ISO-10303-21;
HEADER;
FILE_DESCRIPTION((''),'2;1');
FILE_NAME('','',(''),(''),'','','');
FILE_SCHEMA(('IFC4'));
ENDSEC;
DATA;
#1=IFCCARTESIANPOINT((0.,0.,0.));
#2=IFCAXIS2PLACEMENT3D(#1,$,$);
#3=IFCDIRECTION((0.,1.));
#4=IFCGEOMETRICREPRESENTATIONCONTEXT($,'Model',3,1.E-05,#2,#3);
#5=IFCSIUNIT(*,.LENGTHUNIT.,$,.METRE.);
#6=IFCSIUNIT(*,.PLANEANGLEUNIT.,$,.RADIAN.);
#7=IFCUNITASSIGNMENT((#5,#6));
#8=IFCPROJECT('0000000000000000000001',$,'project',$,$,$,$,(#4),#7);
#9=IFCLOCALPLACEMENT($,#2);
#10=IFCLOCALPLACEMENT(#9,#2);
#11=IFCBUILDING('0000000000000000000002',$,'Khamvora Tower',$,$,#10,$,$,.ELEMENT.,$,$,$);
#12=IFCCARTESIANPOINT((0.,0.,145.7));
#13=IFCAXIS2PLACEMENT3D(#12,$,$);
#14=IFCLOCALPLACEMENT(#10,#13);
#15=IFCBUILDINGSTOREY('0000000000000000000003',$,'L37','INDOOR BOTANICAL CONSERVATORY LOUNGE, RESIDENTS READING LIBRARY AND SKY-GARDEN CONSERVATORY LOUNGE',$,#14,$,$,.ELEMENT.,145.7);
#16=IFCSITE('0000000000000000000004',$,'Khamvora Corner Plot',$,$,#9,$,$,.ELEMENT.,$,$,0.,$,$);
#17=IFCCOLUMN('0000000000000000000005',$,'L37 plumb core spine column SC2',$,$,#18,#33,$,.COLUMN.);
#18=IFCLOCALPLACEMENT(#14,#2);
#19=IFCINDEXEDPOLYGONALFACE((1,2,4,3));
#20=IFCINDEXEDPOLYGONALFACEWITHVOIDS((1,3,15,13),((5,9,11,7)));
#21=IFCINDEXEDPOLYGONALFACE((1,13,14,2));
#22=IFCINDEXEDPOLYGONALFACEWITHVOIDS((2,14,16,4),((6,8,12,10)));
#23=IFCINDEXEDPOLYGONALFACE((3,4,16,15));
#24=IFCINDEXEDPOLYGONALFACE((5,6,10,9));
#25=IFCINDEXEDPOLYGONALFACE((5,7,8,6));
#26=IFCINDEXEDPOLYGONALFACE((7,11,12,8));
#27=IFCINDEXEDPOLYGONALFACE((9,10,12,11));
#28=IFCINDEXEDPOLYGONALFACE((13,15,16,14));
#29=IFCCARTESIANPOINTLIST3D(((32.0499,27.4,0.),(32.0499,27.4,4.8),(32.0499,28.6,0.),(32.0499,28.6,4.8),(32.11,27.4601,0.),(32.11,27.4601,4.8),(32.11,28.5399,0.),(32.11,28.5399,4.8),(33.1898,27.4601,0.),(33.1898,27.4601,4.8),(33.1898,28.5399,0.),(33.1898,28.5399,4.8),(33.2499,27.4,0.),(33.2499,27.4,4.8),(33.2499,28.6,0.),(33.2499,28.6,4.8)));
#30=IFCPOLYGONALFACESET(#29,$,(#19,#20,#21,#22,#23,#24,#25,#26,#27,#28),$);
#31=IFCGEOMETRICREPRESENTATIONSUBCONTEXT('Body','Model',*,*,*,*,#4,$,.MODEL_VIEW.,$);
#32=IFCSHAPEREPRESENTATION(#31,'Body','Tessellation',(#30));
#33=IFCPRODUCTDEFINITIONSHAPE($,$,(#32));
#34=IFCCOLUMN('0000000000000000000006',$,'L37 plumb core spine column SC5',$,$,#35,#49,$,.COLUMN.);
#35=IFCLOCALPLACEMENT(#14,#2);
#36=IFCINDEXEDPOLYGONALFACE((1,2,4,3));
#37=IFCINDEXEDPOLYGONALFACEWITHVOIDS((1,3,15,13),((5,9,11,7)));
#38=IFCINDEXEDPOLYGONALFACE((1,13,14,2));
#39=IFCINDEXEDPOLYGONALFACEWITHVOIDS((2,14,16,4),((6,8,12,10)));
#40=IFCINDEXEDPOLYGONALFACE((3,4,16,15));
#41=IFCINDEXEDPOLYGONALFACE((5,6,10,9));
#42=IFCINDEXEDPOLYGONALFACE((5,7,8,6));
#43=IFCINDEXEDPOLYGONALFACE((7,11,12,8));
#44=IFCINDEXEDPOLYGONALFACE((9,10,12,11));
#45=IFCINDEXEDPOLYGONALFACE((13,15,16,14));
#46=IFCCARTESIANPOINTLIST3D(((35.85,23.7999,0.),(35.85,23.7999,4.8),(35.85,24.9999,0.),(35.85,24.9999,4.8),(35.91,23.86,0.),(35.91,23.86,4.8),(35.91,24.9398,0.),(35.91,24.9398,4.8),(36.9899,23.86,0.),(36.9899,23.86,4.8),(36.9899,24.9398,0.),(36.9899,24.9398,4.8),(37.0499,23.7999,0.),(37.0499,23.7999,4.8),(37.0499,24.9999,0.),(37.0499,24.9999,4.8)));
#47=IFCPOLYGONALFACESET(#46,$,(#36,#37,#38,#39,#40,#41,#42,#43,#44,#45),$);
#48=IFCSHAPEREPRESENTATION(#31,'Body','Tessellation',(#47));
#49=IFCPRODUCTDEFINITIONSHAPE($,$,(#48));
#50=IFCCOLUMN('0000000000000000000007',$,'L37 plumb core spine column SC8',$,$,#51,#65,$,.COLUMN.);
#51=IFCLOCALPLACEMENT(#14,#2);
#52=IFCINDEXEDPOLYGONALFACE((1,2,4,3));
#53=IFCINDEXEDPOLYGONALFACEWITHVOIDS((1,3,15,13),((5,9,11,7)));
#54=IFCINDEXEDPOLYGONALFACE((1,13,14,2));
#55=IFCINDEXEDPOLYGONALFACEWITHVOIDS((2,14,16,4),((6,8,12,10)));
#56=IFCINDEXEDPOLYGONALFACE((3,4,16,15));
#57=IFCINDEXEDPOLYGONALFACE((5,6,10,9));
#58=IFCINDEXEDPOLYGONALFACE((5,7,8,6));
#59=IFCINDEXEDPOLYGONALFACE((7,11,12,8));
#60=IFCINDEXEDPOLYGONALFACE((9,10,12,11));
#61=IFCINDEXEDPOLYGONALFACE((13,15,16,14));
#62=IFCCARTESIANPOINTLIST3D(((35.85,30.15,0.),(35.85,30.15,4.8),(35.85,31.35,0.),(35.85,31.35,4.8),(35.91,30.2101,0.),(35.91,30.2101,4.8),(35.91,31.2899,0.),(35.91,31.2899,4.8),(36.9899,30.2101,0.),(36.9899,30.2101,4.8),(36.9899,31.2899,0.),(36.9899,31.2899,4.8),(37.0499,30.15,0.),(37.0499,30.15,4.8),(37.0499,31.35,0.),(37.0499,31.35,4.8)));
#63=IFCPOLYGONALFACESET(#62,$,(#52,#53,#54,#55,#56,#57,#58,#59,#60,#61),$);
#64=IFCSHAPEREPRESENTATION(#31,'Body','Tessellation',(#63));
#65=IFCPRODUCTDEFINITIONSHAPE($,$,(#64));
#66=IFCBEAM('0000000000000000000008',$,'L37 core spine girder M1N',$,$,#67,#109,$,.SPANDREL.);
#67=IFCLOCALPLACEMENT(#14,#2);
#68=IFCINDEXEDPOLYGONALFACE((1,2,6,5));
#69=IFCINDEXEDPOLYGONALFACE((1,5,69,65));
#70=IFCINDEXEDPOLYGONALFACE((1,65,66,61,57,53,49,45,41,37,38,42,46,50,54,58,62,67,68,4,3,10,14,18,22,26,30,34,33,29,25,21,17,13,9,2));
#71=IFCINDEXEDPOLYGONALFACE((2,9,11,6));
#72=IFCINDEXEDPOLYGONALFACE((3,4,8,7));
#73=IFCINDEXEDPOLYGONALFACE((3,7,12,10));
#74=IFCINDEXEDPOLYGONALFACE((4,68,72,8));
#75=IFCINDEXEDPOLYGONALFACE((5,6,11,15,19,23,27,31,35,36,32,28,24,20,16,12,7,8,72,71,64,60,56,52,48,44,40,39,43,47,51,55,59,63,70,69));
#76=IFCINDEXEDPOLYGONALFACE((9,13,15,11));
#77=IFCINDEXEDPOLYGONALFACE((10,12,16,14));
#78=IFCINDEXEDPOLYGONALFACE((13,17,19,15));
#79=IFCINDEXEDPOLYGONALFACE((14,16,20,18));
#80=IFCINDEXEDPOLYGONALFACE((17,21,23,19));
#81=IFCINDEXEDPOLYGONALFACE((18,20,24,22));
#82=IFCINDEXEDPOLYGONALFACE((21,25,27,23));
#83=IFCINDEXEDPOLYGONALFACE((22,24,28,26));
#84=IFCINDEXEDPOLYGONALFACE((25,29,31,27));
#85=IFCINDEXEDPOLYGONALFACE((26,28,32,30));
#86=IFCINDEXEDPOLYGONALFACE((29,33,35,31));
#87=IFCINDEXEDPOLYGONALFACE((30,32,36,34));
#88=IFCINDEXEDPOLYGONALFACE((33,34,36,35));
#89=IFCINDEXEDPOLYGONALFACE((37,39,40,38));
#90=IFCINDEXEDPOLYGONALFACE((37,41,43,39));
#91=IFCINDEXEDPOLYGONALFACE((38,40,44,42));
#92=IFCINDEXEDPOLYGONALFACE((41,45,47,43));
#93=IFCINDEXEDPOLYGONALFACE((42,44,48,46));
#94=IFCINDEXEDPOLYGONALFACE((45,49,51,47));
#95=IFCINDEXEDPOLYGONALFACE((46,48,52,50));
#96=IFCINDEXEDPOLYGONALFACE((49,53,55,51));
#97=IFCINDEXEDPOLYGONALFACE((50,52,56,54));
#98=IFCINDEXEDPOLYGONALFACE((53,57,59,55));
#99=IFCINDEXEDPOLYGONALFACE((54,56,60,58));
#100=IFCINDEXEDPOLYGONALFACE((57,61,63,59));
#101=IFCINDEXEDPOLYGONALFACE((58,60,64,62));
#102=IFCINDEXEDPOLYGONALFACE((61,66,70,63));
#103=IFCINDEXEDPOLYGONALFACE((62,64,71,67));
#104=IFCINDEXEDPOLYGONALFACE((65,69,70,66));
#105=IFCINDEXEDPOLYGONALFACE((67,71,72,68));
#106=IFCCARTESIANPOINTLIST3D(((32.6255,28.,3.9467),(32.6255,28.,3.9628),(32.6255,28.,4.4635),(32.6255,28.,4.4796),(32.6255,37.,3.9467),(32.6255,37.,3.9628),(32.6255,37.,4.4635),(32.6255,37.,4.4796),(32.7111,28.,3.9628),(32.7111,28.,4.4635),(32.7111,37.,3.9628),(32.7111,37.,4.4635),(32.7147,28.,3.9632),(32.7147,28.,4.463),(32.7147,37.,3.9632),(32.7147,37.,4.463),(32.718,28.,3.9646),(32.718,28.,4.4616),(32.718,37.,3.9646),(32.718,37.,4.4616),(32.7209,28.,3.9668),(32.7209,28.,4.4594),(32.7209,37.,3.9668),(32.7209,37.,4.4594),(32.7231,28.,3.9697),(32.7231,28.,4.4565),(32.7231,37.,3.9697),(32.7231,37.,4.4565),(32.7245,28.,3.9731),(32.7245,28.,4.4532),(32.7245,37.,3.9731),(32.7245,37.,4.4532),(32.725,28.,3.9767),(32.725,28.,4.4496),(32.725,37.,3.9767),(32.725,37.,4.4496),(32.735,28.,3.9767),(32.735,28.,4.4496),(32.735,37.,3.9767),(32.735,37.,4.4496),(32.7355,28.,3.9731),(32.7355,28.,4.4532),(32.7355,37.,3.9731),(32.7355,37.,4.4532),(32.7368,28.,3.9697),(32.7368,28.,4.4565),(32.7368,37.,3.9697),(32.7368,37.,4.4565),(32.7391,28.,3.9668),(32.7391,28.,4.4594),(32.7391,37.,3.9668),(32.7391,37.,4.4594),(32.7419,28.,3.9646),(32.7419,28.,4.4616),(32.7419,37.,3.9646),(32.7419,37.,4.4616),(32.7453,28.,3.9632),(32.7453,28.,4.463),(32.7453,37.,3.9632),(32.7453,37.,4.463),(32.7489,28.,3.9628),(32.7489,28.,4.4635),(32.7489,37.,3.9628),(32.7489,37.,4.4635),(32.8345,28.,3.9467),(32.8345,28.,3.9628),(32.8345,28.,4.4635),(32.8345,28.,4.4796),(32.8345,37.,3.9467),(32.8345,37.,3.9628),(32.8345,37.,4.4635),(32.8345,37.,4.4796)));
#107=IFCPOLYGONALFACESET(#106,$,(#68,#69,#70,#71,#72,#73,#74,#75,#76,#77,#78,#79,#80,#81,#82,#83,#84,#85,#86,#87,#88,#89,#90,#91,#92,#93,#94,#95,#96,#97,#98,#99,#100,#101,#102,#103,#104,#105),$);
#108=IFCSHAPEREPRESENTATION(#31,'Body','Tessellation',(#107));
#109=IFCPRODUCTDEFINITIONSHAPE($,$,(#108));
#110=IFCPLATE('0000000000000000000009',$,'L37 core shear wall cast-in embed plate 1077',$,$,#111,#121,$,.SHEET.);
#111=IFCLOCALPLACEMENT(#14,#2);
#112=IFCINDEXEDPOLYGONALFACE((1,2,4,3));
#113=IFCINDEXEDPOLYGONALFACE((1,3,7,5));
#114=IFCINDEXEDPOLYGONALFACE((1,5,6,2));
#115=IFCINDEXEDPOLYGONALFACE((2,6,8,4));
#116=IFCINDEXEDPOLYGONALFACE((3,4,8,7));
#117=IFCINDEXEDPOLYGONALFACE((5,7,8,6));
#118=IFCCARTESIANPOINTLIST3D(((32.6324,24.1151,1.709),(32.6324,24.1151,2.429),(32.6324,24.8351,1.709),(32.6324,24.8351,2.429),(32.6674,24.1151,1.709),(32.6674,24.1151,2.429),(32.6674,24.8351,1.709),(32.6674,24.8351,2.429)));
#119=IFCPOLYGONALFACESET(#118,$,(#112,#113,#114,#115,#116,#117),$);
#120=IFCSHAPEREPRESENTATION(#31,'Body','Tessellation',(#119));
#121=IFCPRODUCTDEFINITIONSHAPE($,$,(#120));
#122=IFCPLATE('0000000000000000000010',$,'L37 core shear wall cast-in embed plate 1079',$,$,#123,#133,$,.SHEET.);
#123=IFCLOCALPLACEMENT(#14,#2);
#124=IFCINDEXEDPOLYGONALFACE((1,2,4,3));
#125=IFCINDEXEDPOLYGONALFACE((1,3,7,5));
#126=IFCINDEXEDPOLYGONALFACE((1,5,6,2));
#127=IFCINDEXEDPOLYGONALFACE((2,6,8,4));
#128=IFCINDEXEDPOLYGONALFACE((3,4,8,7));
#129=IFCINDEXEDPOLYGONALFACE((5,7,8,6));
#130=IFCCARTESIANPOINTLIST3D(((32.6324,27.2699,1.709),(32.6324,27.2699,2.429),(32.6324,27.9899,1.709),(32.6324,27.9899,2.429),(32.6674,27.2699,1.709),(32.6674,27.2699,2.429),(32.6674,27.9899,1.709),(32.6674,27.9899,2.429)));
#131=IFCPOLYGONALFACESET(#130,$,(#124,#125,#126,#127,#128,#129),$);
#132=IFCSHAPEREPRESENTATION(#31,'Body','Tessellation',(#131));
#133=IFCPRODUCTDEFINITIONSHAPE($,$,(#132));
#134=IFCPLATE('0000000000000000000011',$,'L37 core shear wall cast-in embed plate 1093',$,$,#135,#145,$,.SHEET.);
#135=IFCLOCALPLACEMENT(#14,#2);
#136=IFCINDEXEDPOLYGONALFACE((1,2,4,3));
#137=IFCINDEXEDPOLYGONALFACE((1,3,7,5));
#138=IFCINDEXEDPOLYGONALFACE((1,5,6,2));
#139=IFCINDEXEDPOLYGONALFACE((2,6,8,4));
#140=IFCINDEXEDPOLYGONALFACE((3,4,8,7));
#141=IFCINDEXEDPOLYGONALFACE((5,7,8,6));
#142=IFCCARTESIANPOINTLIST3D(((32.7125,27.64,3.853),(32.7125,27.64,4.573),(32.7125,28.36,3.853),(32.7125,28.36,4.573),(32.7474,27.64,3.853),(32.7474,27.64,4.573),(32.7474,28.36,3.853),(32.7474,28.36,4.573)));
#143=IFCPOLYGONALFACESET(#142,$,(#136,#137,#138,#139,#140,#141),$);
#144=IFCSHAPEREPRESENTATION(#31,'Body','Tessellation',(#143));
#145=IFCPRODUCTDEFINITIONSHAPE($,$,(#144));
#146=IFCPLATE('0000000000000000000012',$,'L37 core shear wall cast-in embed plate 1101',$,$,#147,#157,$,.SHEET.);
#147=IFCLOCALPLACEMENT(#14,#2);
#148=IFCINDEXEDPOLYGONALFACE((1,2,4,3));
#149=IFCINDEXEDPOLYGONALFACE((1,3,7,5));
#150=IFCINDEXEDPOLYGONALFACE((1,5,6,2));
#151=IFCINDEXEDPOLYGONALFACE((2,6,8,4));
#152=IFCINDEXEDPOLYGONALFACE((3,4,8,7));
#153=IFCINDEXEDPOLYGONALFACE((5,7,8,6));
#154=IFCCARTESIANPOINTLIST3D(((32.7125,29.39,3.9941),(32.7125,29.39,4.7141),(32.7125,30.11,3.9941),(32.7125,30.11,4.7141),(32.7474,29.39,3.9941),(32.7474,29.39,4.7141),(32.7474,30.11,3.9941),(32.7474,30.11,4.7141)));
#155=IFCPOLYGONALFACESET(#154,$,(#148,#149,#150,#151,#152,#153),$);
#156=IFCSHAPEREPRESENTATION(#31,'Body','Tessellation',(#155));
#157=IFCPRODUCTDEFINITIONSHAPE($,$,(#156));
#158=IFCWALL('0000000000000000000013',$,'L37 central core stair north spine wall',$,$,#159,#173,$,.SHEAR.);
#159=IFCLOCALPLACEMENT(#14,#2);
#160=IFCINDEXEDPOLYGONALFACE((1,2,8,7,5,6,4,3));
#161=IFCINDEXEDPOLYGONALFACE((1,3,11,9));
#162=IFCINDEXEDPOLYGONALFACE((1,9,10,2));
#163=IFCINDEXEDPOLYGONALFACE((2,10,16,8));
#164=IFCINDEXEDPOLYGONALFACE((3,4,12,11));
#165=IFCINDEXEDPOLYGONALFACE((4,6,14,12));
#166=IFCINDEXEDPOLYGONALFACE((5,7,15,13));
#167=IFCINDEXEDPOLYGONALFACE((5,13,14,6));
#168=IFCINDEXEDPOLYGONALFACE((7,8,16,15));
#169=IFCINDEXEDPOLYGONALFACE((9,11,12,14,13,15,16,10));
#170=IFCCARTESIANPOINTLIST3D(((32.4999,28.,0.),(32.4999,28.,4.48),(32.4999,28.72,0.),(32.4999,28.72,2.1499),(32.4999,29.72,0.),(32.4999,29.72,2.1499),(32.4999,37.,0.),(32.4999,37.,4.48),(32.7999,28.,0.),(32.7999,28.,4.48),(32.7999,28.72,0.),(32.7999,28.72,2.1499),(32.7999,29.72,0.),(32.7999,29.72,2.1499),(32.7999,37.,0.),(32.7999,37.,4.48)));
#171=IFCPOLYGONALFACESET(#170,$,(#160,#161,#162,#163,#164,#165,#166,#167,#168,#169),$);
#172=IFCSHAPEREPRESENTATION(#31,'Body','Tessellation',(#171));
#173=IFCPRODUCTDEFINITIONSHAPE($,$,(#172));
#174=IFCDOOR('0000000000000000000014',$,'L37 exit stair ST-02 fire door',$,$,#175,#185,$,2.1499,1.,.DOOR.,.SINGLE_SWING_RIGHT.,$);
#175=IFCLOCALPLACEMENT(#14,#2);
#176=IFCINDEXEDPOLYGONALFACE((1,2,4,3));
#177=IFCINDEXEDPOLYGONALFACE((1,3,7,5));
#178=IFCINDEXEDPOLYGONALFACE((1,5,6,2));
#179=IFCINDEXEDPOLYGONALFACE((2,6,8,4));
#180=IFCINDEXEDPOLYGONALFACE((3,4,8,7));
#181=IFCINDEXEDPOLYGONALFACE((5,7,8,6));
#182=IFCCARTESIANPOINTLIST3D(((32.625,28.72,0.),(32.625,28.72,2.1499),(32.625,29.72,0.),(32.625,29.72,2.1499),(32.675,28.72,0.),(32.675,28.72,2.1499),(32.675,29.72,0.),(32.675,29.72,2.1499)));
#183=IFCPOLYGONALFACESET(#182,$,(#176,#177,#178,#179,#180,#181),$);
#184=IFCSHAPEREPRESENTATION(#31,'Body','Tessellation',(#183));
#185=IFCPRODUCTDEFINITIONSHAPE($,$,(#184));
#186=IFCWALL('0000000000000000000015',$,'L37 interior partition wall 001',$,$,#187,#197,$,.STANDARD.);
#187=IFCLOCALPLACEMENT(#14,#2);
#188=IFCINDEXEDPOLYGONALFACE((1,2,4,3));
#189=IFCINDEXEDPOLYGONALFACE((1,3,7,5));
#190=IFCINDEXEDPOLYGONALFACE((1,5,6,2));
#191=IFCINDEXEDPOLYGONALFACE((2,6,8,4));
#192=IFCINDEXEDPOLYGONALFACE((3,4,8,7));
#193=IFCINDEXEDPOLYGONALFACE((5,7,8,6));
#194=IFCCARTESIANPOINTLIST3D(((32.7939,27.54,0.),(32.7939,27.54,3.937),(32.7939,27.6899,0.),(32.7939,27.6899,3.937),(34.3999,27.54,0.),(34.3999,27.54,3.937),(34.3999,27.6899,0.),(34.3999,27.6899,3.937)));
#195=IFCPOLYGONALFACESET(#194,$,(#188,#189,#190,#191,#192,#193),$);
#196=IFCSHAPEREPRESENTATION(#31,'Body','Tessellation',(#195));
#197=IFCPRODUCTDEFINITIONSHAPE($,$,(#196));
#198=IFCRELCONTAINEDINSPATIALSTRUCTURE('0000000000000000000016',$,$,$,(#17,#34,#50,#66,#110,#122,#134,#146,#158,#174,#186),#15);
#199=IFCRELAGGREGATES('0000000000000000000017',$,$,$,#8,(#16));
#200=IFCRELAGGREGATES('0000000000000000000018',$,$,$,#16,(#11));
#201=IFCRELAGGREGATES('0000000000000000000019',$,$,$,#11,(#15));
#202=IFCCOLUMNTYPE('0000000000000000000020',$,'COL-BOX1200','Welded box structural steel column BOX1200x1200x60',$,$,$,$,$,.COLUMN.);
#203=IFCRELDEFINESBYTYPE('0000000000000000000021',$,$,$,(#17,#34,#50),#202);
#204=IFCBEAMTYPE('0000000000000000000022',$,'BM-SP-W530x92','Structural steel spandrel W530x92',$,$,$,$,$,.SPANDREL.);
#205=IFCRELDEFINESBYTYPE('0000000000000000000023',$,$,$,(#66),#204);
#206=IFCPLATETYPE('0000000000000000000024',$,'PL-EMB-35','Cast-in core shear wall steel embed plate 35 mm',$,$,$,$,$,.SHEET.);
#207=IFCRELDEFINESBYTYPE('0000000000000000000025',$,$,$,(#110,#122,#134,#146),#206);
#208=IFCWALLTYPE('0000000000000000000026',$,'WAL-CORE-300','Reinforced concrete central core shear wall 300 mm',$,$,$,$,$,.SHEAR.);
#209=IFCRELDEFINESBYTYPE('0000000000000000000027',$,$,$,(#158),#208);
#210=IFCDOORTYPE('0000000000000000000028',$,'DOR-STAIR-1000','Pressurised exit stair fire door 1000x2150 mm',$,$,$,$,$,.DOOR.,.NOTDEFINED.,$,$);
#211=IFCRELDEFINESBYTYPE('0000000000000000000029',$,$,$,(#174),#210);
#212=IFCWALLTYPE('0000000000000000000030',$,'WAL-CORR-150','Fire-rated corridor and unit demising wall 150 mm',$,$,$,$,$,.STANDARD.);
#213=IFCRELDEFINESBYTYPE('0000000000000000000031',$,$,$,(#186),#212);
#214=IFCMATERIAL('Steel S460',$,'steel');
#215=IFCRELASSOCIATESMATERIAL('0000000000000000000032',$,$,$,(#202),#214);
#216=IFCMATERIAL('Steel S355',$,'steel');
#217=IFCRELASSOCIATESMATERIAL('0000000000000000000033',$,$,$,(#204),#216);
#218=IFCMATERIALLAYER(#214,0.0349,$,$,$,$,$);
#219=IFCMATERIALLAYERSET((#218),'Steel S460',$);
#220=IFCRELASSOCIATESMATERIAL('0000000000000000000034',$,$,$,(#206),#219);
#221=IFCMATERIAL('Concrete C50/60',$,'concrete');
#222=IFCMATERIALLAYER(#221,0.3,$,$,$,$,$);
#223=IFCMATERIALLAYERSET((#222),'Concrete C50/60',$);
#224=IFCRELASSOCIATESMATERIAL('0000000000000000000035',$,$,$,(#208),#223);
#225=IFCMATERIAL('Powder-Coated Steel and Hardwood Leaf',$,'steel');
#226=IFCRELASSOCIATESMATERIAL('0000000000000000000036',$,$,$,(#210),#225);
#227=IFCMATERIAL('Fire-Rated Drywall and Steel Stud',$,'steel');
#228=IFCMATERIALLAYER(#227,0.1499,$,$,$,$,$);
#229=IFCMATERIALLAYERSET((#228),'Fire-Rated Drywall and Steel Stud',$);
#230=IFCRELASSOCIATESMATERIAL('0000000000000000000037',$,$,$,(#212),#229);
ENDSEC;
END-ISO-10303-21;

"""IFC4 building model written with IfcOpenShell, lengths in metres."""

from ifc_helpers import new_model, si_unit, direction, frame, frame_2d, origin, origin_2d, place, context, subcontext, project, spatial, rectangle, hollow_rectangle, i_section, extrude, material, layer, layer_set, material_profile, profile_set, type_object, element, fill, save


model = new_model("IFC4")

# Units and contexts
model_context = context("Model", 3, precision=1e-05, world=origin(), true_north=direction((0.0, 1.0)))
body_context = subcontext(model_context, "Body", "Model", "MODEL_VIEW")
ifc_project = project(units=[si_unit("LENGTHUNIT", "METRE"), si_unit("PLANEANGLEUNIT", "RADIAN")], contexts=[model_context])

# Site, building, storey
site_placement = place(None, origin())
site = spatial("IfcSite", under=ifc_project, at=site_placement, Name="Khamvora Corner Plot", CompositionType="ELEMENT", RefElevation=0.0)
building_placement = place(site_placement, origin())
building = spatial("IfcBuilding", under=site, at=building_placement, Name="Khamvora Tower", CompositionType="ELEMENT")
storey_placement = place(building_placement, frame((0.0, 0.0, 145.7)))
storey = spatial("IfcBuildingStorey", under=building, at=storey_placement, Name="L37", Description="INDOOR BOTANICAL CONSERVATORY LOUNGE, RESIDENTS READING LIBRARY AND SKY-GARDEN CONSERVATORY LOUNGE", CompositionType="ELEMENT", Elevation=145.7)

# Columns
ifc_material_1 = material(Name="Steel S460", Category="steel")
ifc_material_profile_1 = material_profile(ifc_material_1, hollow_rectangle(XDim=1.2, YDim=1.2, WallThickness=0.0601, at=origin_2d()), Name="BOX1200x1200x60")
ifc_profile_set_1 = profile_set([ifc_material_profile_1], Name="Steel S460")
column_type = type_object("IfcColumnType", Name="COL-BOX1200", Description="Welded box structural steel column BOX1200x1200x60", PredefinedType="COLUMN", material=ifc_profile_set_1)
for number, where, z_axis, x_axis, name in (
    (1, (32.6499, 28.0, 0.0), (0.0, 0.0, 1.0), (1.0, 0.0, 0.0), "L37 plumb core spine column SC2"),
    (2, (36.45, 24.3999, 0.0), (0.0, 0.0, 1.0), (1.0, 0.0, 0.0), "L37 plumb core spine column SC5"),
    (3, (36.45, 30.75, 0.0), (0.0, 0.0, 1.0), (1.0, 0.0, 0.0), "L37 plumb core spine column SC8"),
):
    element("IfcColumn", number, at=place(storey_placement, frame(where, z_axis=z_axis, x_axis=x_axis)), inside=storey, type_object=column_type, Name=name, PredefinedType="COLUMN", context=body_context, shape_type="SweptSolid", body=[
        extrude(hollow_rectangle(XDim=1.2, YDim=1.2, WallThickness=0.0601, at=origin_2d()), origin(), (0.0, 0.0, 1.0), 4.8),
    ])

# Beam
ifc_material_2 = material(Name="Steel S355", Category="steel")
ifc_material_profile_2 = material_profile(ifc_material_2, i_section(OverallWidth=0.209, OverallDepth=0.533, WebThickness=0.01, FlangeThickness=0.0161, FilletRadius=0.0139, at=origin_2d()), Name="W530x92")
ifc_profile_set_2 = profile_set([ifc_material_profile_2], Name="Steel S355")
beam_type = type_object("IfcBeamType", Name="BM-SP-W530x92", Description="Structural steel spandrel W530x92", PredefinedType="SPANDREL", material=ifc_profile_set_2)
beam_placement = place(storey_placement, frame((32.73, 28.0, 4.2131), z_axis=(0.0, 1.0, 0.0), x_axis=(-1.0, 0.0, 0.0)))
element("IfcBeam", 4, at=beam_placement, inside=storey, type_object=beam_type, Name="L37 core spine girder M1N", PredefinedType="SPANDREL", context=body_context, shape_type="SweptSolid", body=[
    extrude(i_section(OverallWidth=0.209, OverallDepth=0.533, WebThickness=0.01, FlangeThickness=0.0161, FilletRadius=0.0139, at=origin_2d()), origin(), (0.0, 0.0, 1.0), 9.0),
])

# Plates
ifc_layer_1 = layer(ifc_material_1, 0.0349)
ifc_layer_set_1 = layer_set([ifc_layer_1], Name="Steel S460")
plate_type = type_object("IfcPlateType", Name="PL-EMB-35", Description="Cast-in core shear wall steel embed plate 35 mm", PredefinedType="SHEET", material=ifc_layer_set_1)
for number, where, z_axis, x_axis, name in (
    (5, (32.6499, 24.4751, 1.709), (0.0, 0.0, 1.0), (1.0, 0.0, 0.0), "L37 core shear wall cast-in embed plate 1077"),
    (6, (32.6499, 27.6299, 1.709), (0.0, 0.0, 1.0), (1.0, 0.0, 0.0), "L37 core shear wall cast-in embed plate 1079"),
    (7, (32.73, 28.0, 3.853), (0.0, 0.0, 1.0), (1.0, 0.0, 0.0), "L37 core shear wall cast-in embed plate 1093"),
    (8, (32.73, 29.75, 3.9941), (0.0, 0.0, 1.0), (1.0, 0.0, 0.0), "L37 core shear wall cast-in embed plate 1101"),
):
    element("IfcPlate", number, at=place(storey_placement, frame(where, z_axis=z_axis, x_axis=x_axis)), inside=storey, type_object=plate_type, Name=name, PredefinedType="SHEET", context=body_context, shape_type="SweptSolid", body=[
        extrude(rectangle(XDim=0.0349, YDim=0.72, at=origin_2d()), origin(), (0.0, 0.0, 1.0), 0.72),
    ])

# Wall, opening, door
ifc_material_3 = material(Name="Concrete C50/60", Category="concrete")
ifc_layer_2 = layer(ifc_material_3, 0.3)
ifc_layer_set_2 = layer_set([ifc_layer_2], Name="Concrete C50/60")
wall_type_1 = type_object("IfcWallType", Name="WAL-CORE-300", Description="Reinforced concrete central core shear wall 300 mm", PredefinedType="SHEAR", material=ifc_layer_set_2)
wall_1_placement = place(storey_placement, frame((32.6499, 28.0, 0.0), z_axis=(0.0, 0.0, 1.0), x_axis=(0.0, 1.0, 0.0)))
wall_1 = element("IfcWall", 9, at=wall_1_placement, inside=storey, type_object=wall_type_1, Name="L37 central core stair north spine wall", PredefinedType="SHEAR", context=body_context, shape_type="SweptSolid", body=[
    extrude(rectangle(XDim=9.0, YDim=0.3, at=frame_2d((4.5, 0.0))), origin(), (0.0, 0.0, 1.0), 4.48),
])
opening_1_placement = place(wall_1_placement, frame((0.72, 0.0, 0.0)))
opening_1 = element("IfcOpeningElement", 10, at=opening_1_placement, cuts=wall_1, PredefinedType="OPENING", context=body_context, shape_type="SweptSolid", body=[
    extrude(rectangle(XDim=1.0, YDim=2.1499, at=frame_2d((0.5, 1.075))), frame((0.0, 0.1599, 0.0), z_axis=(0.0, -1.0, 0.0), x_axis=(1.0, 0.0, 0.0)), (0.0, 0.0, 1.0), 0.3201),
])
ifc_material_4 = material(Name="Powder-Coated Steel and Hardwood Leaf", Category="steel")
door_type_1 = type_object("IfcDoorType", Name="DOR-STAIR-1000", Description="Pressurised exit stair fire door 1000x2150 mm", OperationType="NOTDEFINED", PredefinedType="DOOR", material=ifc_material_4)
door_1_placement = place(opening_1_placement, origin())
door_1 = element("IfcDoor", 11, at=door_1_placement, inside=storey, type_object=door_type_1, Name="L37 exit stair ST-02 fire door", OperationType="SINGLE_SWING_RIGHT", OverallHeight=2.1499, OverallWidth=1.0, PredefinedType="DOOR", context=body_context, shape_type="SweptSolid", body=[
    extrude(rectangle(XDim=1.0, YDim=2.1499, at=frame_2d((0.5, 1.075))), frame((0.0, 0.0249, 0.0), z_axis=(0.0, -1.0, 0.0), x_axis=(1.0, 0.0, 0.0)), (0.0, 0.0, 1.0), 0.05),
])
fill(opening_1, door_1)

# Wall
ifc_material_5 = material(Name="Fire-Rated Drywall and Steel Stud", Category="steel")
ifc_layer_3 = layer(ifc_material_5, 0.1499)
ifc_layer_set_3 = layer_set([ifc_layer_3], Name="Fire-Rated Drywall and Steel Stud")
wall_type_2 = type_object("IfcWallType", Name="WAL-CORR-150", Description="Fire-rated corridor and unit demising wall 150 mm", PredefinedType="STANDARD", material=ifc_layer_set_3)
wall_2_placement = place(storey_placement, frame((32.7939, 27.615, 0.0), z_axis=(0.0, 0.0, 1.0), x_axis=(1.0, 0.0, 0.0)))
element("IfcWall", 12, at=wall_2_placement, inside=storey, type_object=wall_type_2, Name="L37 interior partition wall 001", PredefinedType="STANDARD", context=body_context, shape_type="SweptSolid", body=[
    extrude(rectangle(XDim=1.606, YDim=0.1499, at=frame_2d((0.803, 0.0))), origin(), (0.0, 0.0, 1.0), 3.937),
])

save(model, "model.ifc")
